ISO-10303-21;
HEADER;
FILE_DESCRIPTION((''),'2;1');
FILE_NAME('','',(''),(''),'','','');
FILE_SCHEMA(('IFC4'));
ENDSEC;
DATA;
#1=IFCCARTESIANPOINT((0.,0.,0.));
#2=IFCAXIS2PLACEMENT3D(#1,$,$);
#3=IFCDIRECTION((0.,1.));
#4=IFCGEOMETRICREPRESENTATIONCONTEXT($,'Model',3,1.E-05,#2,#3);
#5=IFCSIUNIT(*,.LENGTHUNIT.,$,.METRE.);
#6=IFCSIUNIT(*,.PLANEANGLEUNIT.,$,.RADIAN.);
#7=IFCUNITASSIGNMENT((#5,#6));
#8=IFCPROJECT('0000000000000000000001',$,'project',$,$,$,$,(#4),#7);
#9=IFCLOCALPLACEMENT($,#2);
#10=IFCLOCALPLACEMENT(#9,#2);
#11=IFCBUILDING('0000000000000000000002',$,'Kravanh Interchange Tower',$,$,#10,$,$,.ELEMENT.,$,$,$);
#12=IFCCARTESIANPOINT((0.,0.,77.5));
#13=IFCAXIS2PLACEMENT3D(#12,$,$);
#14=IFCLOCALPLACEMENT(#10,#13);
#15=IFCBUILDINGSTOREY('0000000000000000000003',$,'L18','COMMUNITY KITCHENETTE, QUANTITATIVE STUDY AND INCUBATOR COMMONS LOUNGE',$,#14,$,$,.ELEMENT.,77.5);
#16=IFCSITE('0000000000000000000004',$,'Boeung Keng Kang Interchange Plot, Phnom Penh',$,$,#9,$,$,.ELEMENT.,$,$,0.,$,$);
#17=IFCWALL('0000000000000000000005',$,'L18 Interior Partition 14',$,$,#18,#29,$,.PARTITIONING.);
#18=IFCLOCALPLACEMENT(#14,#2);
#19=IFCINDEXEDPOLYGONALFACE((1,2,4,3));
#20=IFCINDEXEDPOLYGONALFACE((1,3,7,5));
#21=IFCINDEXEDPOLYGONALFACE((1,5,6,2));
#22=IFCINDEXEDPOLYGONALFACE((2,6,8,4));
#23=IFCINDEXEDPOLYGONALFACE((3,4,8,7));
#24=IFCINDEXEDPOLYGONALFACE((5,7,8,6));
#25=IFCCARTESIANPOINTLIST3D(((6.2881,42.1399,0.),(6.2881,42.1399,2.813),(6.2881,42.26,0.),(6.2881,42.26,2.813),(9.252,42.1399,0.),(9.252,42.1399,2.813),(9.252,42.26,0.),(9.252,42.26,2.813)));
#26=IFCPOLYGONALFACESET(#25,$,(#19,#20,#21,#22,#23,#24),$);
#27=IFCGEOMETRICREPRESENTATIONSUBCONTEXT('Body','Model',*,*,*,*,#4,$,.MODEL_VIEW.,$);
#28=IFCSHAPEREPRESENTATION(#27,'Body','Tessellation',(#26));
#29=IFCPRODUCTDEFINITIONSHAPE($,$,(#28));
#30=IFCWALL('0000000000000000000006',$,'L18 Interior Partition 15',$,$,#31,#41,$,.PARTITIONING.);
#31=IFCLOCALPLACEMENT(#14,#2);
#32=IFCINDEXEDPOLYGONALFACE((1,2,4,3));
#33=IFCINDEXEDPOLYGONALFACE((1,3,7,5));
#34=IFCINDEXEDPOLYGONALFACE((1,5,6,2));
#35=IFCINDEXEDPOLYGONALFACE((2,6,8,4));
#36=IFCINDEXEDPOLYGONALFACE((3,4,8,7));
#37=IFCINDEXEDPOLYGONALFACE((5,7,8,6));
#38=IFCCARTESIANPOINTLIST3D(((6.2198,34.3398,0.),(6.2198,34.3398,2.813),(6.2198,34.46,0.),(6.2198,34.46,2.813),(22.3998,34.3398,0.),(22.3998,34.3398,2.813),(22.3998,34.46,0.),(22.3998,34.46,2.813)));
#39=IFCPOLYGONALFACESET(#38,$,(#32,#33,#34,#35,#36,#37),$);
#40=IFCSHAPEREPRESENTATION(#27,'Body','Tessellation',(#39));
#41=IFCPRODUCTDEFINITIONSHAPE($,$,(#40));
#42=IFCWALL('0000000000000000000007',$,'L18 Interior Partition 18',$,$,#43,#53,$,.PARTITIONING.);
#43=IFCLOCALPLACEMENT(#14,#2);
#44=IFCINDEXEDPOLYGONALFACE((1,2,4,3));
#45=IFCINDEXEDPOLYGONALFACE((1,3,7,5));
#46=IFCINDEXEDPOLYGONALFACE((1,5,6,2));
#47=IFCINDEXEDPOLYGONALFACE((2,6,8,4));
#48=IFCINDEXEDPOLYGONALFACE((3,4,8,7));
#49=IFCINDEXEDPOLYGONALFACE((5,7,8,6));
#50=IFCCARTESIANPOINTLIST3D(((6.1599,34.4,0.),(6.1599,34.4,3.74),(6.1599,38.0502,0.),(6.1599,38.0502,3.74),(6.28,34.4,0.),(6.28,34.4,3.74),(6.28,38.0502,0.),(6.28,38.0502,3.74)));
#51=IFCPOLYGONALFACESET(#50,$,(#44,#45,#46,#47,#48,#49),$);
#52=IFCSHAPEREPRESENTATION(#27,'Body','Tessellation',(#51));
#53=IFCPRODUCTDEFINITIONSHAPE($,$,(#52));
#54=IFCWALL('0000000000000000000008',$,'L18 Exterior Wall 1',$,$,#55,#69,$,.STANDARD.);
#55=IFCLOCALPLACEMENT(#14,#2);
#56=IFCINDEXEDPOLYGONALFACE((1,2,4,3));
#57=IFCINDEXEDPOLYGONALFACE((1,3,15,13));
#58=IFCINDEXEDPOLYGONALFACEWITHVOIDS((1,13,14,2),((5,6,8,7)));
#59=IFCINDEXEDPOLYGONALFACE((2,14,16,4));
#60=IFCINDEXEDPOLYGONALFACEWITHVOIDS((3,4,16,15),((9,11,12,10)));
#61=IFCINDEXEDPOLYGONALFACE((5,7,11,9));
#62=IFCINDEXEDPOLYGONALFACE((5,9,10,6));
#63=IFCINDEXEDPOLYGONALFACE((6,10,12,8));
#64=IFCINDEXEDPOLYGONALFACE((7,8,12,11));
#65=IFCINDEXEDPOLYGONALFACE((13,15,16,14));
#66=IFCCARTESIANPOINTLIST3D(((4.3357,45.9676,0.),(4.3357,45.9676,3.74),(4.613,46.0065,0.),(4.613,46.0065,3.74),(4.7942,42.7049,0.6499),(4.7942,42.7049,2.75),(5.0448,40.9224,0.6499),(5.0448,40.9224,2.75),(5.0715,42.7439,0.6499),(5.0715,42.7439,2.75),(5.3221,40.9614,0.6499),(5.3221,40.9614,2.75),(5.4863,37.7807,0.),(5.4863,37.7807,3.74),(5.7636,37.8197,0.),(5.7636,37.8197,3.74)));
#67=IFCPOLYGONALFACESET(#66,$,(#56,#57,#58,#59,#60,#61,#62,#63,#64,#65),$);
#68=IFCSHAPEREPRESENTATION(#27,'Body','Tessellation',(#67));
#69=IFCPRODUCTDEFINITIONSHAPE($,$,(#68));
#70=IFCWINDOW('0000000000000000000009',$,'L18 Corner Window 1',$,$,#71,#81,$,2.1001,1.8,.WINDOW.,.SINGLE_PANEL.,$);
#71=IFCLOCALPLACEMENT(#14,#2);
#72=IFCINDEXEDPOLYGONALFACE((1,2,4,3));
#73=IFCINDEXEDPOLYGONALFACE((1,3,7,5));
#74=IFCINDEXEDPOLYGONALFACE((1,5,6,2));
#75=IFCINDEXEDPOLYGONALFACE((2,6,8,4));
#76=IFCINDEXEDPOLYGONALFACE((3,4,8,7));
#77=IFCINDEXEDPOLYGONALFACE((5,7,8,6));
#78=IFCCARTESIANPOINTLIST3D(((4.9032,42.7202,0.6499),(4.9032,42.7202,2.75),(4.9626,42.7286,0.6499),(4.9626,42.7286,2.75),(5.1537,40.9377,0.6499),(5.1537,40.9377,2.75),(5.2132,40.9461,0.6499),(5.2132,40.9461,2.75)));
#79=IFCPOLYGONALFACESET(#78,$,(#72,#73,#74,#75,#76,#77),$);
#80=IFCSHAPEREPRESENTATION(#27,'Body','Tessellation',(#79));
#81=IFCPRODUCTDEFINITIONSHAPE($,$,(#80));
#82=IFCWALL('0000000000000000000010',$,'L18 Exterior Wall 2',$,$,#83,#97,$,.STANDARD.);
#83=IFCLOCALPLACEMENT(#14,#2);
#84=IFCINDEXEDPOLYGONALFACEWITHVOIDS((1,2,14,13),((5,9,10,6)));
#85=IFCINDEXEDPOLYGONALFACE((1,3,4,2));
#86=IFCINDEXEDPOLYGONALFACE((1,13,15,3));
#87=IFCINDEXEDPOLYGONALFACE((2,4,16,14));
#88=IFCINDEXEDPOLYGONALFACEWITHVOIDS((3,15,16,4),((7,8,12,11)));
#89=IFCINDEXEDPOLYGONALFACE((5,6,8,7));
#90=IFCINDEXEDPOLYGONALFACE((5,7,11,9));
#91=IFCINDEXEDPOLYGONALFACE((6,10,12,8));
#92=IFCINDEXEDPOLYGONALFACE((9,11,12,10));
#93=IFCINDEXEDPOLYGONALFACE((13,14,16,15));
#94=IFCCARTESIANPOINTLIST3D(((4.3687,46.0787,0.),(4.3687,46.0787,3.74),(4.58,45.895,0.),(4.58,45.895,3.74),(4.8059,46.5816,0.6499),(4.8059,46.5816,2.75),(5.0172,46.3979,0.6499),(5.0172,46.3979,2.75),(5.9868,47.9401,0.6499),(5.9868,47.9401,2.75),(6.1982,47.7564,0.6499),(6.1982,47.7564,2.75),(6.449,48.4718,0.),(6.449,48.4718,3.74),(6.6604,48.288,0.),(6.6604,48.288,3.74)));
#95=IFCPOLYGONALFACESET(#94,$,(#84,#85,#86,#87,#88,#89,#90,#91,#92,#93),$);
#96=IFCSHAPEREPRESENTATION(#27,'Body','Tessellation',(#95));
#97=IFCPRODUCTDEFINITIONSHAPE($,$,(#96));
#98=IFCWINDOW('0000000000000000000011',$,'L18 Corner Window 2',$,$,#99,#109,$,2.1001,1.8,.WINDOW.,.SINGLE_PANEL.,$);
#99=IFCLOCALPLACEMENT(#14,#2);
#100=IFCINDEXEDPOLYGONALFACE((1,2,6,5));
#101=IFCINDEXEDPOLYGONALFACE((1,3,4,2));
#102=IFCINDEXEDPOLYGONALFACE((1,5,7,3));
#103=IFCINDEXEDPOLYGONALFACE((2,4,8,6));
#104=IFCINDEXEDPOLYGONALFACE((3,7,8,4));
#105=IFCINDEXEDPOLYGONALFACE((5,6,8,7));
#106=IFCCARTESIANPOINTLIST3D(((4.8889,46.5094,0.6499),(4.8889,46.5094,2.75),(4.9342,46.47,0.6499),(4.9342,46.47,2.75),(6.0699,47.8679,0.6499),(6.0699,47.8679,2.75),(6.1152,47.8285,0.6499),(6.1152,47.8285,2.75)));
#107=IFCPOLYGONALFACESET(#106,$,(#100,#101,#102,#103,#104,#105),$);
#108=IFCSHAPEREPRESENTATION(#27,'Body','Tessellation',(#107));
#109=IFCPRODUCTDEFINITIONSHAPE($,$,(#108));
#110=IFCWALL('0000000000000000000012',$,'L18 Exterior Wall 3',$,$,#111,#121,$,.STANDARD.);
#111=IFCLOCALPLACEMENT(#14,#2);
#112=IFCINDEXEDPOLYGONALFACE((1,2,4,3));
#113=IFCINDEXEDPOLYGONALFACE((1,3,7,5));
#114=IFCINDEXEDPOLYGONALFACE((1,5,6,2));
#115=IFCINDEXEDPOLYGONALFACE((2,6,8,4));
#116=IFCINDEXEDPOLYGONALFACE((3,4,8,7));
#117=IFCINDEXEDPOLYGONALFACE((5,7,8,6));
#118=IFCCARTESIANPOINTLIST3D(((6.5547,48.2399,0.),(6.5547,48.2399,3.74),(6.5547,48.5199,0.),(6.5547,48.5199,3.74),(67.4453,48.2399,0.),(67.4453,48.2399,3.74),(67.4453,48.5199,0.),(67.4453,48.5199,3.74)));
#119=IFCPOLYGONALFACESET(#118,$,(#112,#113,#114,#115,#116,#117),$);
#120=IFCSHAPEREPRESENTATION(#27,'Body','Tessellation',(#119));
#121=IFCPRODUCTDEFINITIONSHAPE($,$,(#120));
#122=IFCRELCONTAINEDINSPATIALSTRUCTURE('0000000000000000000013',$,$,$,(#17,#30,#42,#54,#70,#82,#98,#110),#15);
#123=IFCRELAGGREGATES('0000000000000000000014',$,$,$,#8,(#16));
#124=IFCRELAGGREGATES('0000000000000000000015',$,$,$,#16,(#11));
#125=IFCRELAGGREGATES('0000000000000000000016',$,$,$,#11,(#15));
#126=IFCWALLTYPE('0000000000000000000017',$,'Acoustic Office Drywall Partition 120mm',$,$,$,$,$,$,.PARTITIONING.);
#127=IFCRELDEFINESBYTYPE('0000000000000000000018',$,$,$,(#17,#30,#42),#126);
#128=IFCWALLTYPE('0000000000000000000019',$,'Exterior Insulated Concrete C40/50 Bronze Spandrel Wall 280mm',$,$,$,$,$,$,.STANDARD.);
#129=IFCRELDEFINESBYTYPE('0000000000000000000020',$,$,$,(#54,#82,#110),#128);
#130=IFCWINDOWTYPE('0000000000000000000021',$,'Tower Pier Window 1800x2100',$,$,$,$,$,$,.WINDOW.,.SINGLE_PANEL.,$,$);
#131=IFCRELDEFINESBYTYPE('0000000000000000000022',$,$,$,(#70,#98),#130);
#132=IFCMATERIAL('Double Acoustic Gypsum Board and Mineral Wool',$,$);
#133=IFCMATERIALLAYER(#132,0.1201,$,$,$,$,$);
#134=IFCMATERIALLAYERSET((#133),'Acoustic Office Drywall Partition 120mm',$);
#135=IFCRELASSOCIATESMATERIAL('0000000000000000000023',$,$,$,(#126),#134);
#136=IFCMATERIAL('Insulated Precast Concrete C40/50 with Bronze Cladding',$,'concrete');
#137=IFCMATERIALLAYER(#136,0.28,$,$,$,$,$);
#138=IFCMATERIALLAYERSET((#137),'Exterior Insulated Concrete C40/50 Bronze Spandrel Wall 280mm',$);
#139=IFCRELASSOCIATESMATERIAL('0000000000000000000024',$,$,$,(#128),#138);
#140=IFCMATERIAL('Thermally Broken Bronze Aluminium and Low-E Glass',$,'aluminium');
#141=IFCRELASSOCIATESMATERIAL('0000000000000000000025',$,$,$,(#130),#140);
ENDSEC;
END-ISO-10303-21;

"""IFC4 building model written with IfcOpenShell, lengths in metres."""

from ifc_helpers import new_model, si_unit, direction, frame, frame_2d, origin, place, context, subcontext, project, spatial, rectangle, extrude, material, layer, layer_set, type_object, element, fill, save


model = new_model("IFC4")

# Units and contexts
model_context = context("Model", 3, precision=1e-05, world=origin(), true_north=direction((0.0, 1.0)))
body_context = subcontext(model_context, "Body", "Model", "MODEL_VIEW")
ifc_project = project(units=[si_unit("LENGTHUNIT", "METRE"), si_unit("PLANEANGLEUNIT", "RADIAN")], contexts=[model_context])

# Site, building, storey
site_placement = place(None, origin())
site = spatial("IfcSite", under=ifc_project, at=site_placement, Name="Boeung Keng Kang Interchange Plot, Phnom Penh", CompositionType="ELEMENT", RefElevation=0.0)
building_placement = place(site_placement, origin())
building = spatial("IfcBuilding", under=site, at=building_placement, Name="Kravanh Interchange Tower", CompositionType="ELEMENT")
storey_placement = place(building_placement, frame((0.0, 0.0, 77.5)))
storey = spatial("IfcBuildingStorey", under=building, at=storey_placement, Name="L18", Description="COMMUNITY KITCHENETTE, QUANTITATIVE STUDY AND INCUBATOR COMMONS LOUNGE", CompositionType="ELEMENT", Elevation=77.5)

# Shared definitions
ifc_material_1 = material(Name="Double Acoustic Gypsum Board and Mineral Wool")
ifc_layer_1 = layer(ifc_material_1, 0.1201)
ifc_layer_set_1 = layer_set([ifc_layer_1], Name="Acoustic Office Drywall Partition 120mm")
wall_type_1 = type_object("IfcWallType", Name="Acoustic Office Drywall Partition 120mm", PredefinedType="PARTITIONING", material=ifc_layer_set_1)

# Walls
wall_1_placement = place(storey_placement, frame((6.2881, 42.2, 0.0), z_axis=(0.0, 0.0, 1.0), x_axis=(1.0, 0.0, 0.0)))
element("IfcWall", 1, at=wall_1_placement, inside=storey, type_object=wall_type_1, Name="L18 Interior Partition 14", PredefinedType="PARTITIONING", context=body_context, shape_type="SweptSolid", body=[
    extrude(rectangle(XDim=2.9639, YDim=0.1201, at=frame_2d((1.4819, 0.0))), origin(), (0.0, 0.0, 1.0), 2.813),
])
wall_2_placement = place(storey_placement, frame((6.22, 34.3999, 0.0), z_axis=(0.0, 0.0, 1.0), x_axis=(1.0, 0.0, 0.0)))
element("IfcWall", 2, at=wall_2_placement, inside=storey, type_object=wall_type_1, Name="L18 Interior Partition 15", PredefinedType="PARTITIONING", context=body_context, shape_type="SweptSolid", body=[
    extrude(rectangle(XDim=16.1799, YDim=0.1201, at=frame_2d((8.0898, 0.0))), origin(), (0.0, 0.0, 1.0), 2.813),
])
wall_3_placement = place(storey_placement, frame((6.22, 34.3999, 0.0), z_axis=(0.0, 0.0, 1.0), x_axis=(0.0, 1.0, 0.0)))
element("IfcWall", 3, at=wall_3_placement, inside=storey, type_object=wall_type_1, Name="L18 Interior Partition 18", PredefinedType="PARTITIONING", context=body_context, shape_type="SweptSolid", body=[
    extrude(rectangle(XDim=3.6501, YDim=0.1201, at=frame_2d((1.8252, 0.0))), origin(), (0.0, 0.0, 1.0), 3.74),
])

# Walls, openings, windows
ifc_material_2 = material(Name="Insulated Precast Concrete C40/50 with Bronze Cladding", Category="concrete")
ifc_layer_2 = layer(ifc_material_2, 0.28)
ifc_layer_set_2 = layer_set([ifc_layer_2], Name="Exterior Insulated Concrete C40/50 Bronze Spandrel Wall 280mm")
wall_type_2 = type_object("IfcWallType", Name="Exterior Insulated Concrete C40/50 Bronze Spandrel Wall 280mm", PredefinedType="STANDARD", material=ifc_layer_set_2)
wall_4_placement = place(storey_placement, frame((5.625, 37.8, 0.0), z_axis=(0.0, 0.0, 1.0), x_axis=(-0.13918, 0.990267, 0.0)))
wall_4 = element("IfcWall", 4, at=wall_4_placement, inside=storey, type_object=wall_type_2, Name="L18 Exterior Wall 1", PredefinedType="STANDARD", context=body_context, shape_type="SweptSolid", body=[
    extrude(rectangle(XDim=8.2673, YDim=0.28, at=frame_2d((4.1338, 0.0))), origin(), (0.0, 0.0, 1.0), 3.74),
])
opening_1_placement = place(wall_4_placement, frame((3.1729, 0.0, 0.6499)))
opening_1 = element("IfcOpeningElement", 5, at=opening_1_placement, cuts=wall_4, PredefinedType="OPENING", context=body_context, shape_type="SweptSolid", body=[
    extrude(rectangle(XDim=1.8, YDim=2.1001, at=frame_2d((0.8999, 1.05))), frame((0.0, 0.1499, 0.0), z_axis=(0.0, -1.0, 0.0), x_axis=(1.0, 0.0, 0.0)), (0.0, 0.0, 1.0), 0.3),
])
ifc_material_3 = material(Name="Thermally Broken Bronze Aluminium and Low-E Glass", Category="aluminium")
window_type = type_object("IfcWindowType", Name="Tower Pier Window 1800x2100", PartitioningType="SINGLE_PANEL", PredefinedType="WINDOW", material=ifc_material_3)
window_1_placement = place(opening_1_placement, origin())
window_1 = element("IfcWindow", 6, at=window_1_placement, inside=storey, type_object=window_type, Name="L18 Corner Window 1", OverallHeight=2.1001, OverallWidth=1.8, PartitioningType="SINGLE_PANEL", PredefinedType="WINDOW", context=body_context, shape_type="SweptSolid", body=[
    extrude(rectangle(XDim=1.8, YDim=2.1001, at=frame_2d((0.8999, 1.05))), frame((0.0, 0.03, 0.0), z_axis=(0.0, -1.0, 0.0), x_axis=(1.0, 0.0, 0.0)), (0.0, 0.0, 1.0), 0.0601),
])
fill(opening_1, window_1)
wall_5_placement = place(storey_placement, frame((4.4744, 45.9868, 0.0), z_axis=(0.0, 0.0, 1.0), x_axis=(0.65607, 0.7547, 0.0)))
wall_5 = element("IfcWall", 7, at=wall_5_placement, inside=storey, type_object=wall_type_2, Name="L18 Exterior Wall 2", PredefinedType="STANDARD", context=body_context, shape_type="SweptSolid", body=[
    extrude(rectangle(XDim=3.1709, YDim=0.28, at=frame_2d((1.5854, 0.0))), origin(), (0.0, 0.0, 1.0), 3.74),
])
opening_2_placement = place(wall_5_placement, frame((0.6665, 0.0, 0.6499)))
opening_2 = element("IfcOpeningElement", 8, at=opening_2_placement, cuts=wall_5, PredefinedType="OPENING", context=body_context, shape_type="SweptSolid", body=[
    extrude(rectangle(XDim=1.8, YDim=2.1001, at=frame_2d((0.8999, 1.05))), frame((0.0, 0.1499, 0.0), z_axis=(0.0, -1.0, 0.0), x_axis=(1.0, 0.0, 0.0)), (0.0, 0.0, 1.0), 0.3),
])
window_2_placement = place(opening_2_placement, origin())
window_2 = element("IfcWindow", 9, at=window_2_placement, inside=storey, type_object=window_type, Name="L18 Corner Window 2", OverallHeight=2.1001, OverallWidth=1.8, PartitioningType="SINGLE_PANEL", PredefinedType="WINDOW", context=body_context, shape_type="SweptSolid", body=[
    extrude(rectangle(XDim=1.8, YDim=2.1001, at=frame_2d((0.8999, 1.05))), frame((0.0, 0.03, 0.0), z_axis=(0.0, -1.0, 0.0), x_axis=(1.0, 0.0, 0.0)), (0.0, 0.0, 1.0), 0.0601),
])
fill(opening_2, window_2)

# Wall
wall_6_placement = place(storey_placement, frame((6.5547, 48.3799, 0.0), z_axis=(0.0, 0.0, 1.0), x_axis=(1.0, 0.0, 0.0)))
element("IfcWall", 10, at=wall_6_placement, inside=storey, type_object=wall_type_2, Name="L18 Exterior Wall 3", PredefinedType="STANDARD", context=body_context, shape_type="SweptSolid", body=[
    extrude(rectangle(XDim=60.8906, YDim=0.28, at=frame_2d((30.4453, 0.0))), origin(), (0.0, 0.0, 1.0), 3.74),
])

save(model, "model.ifc")
